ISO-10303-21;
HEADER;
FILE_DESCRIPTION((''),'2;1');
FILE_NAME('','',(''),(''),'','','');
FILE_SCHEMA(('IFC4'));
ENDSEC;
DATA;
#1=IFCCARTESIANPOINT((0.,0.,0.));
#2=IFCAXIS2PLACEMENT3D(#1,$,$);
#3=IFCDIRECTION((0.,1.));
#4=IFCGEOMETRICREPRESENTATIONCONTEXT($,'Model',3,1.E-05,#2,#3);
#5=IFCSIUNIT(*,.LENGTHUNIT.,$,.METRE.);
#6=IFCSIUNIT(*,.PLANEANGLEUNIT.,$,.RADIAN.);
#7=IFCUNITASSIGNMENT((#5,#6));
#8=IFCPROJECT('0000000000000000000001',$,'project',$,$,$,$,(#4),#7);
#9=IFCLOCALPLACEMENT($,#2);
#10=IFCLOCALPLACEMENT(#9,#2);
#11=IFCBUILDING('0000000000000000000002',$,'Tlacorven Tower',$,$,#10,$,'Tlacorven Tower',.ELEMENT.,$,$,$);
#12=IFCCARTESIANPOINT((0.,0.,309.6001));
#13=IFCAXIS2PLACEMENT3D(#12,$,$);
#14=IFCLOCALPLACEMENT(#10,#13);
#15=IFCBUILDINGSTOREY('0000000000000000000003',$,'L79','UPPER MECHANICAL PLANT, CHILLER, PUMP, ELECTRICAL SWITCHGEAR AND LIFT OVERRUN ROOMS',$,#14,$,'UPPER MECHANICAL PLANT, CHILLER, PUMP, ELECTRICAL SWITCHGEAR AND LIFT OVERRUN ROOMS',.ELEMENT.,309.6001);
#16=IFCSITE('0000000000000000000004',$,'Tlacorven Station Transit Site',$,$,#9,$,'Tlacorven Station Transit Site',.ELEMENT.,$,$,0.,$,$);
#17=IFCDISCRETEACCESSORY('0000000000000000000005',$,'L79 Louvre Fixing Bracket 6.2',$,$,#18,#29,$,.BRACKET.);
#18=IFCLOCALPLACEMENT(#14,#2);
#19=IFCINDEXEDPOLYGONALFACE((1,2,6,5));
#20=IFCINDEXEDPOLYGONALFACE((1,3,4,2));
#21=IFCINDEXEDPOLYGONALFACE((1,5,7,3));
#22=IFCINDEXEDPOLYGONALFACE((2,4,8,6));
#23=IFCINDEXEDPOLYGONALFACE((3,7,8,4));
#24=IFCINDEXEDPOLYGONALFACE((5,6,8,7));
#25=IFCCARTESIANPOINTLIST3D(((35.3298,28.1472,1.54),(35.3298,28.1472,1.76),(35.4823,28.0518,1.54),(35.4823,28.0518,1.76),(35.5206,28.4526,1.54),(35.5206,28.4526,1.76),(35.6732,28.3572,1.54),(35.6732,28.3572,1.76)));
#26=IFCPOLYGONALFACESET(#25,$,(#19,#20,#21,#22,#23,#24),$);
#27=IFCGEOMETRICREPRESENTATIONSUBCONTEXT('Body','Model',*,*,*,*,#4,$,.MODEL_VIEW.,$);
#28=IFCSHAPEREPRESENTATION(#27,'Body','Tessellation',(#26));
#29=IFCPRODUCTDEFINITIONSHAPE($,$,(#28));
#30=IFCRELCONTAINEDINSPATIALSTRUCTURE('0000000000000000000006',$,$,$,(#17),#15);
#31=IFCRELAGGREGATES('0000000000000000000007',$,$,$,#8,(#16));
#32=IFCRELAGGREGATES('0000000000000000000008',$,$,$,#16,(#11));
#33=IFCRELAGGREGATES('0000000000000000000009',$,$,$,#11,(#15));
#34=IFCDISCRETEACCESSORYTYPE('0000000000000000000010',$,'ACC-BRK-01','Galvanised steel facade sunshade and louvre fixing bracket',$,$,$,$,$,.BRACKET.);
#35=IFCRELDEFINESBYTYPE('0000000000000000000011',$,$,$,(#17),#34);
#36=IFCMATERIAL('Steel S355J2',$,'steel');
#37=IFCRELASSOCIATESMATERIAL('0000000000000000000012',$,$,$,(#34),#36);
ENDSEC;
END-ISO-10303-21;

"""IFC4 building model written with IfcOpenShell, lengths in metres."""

from ifc_helpers import new_model, si_unit, direction, frame, origin, origin_2d, place, context, subcontext, project, spatial, rectangle, extrude, source, transform, mapped, material, type_object, element, save


model = new_model("IFC4")

# Units and contexts
model_context = context("Model", 3, precision=1e-05, world=origin(), true_north=direction((0.0, 1.0)))
body_context = subcontext(model_context, "Body", "Model", "MODEL_VIEW")
ifc_project = project(units=[si_unit("LENGTHUNIT", "METRE"), si_unit("PLANEANGLEUNIT", "RADIAN")], contexts=[model_context])

# Site, building, storey
site_placement = place(None, origin())
site = spatial("IfcSite", under=ifc_project, at=site_placement, Name="Tlacorven Station Transit Site", LongName="Tlacorven Station Transit Site", CompositionType="ELEMENT", RefElevation=0.0)
building_placement = place(site_placement, origin())
building = spatial("IfcBuilding", under=site, at=building_placement, Name="Tlacorven Tower", LongName="Tlacorven Tower", CompositionType="ELEMENT")
storey_placement = place(building_placement, frame((0.0, 0.0, 309.6001)))
storey = spatial("IfcBuildingStorey", under=building, at=storey_placement, Name="L79", Description="UPPER MECHANICAL PLANT, CHILLER, PUMP, ELECTRICAL SWITCHGEAR AND LIFT OVERRUN ROOMS", LongName="UPPER MECHANICAL PLANT, CHILLER, PUMP, ELECTRICAL SWITCHGEAR AND LIFT OVERRUN ROOMS", CompositionType="ELEMENT", Elevation=309.6001)

# Shared definitions
ifc_material_1 = material(Name="Steel S355J2", Category="steel")

# Discrete accessory
discrete_accessory_type = type_object("IfcDiscreteAccessoryType", Name="ACC-BRK-01", Description="Galvanised steel facade sunshade and louvre fixing bracket", PredefinedType="BRACKET", material=ifc_material_1)
shared_shape_1 = source(origin(), body_context, "Body", "SweptSolid", [
    extrude(rectangle(XDim=0.1799, YDim=0.3601, at=origin_2d()), origin(), (0.0, 0.0, 1.0), 0.22),
])
discrete_accessory_placement = place(storey_placement, frame((35.5015, 28.2522, 1.54), z_axis=(0.0, 0.0, 1.0), x_axis=(0.848048, -0.529919, 0.0)))
element("IfcDiscreteAccessory", 1, at=discrete_accessory_placement, inside=storey, type_object=discrete_accessory_type, Name="L79 Louvre Fixing Bracket 6.2", PredefinedType="BRACKET", context=body_context, shape_type="MappedRepresentation", body=[
    mapped(shared_shape_1, transform((0.0, 0.0, 0.0), scale=1.0)),
])

save(model, "model.ifc")
